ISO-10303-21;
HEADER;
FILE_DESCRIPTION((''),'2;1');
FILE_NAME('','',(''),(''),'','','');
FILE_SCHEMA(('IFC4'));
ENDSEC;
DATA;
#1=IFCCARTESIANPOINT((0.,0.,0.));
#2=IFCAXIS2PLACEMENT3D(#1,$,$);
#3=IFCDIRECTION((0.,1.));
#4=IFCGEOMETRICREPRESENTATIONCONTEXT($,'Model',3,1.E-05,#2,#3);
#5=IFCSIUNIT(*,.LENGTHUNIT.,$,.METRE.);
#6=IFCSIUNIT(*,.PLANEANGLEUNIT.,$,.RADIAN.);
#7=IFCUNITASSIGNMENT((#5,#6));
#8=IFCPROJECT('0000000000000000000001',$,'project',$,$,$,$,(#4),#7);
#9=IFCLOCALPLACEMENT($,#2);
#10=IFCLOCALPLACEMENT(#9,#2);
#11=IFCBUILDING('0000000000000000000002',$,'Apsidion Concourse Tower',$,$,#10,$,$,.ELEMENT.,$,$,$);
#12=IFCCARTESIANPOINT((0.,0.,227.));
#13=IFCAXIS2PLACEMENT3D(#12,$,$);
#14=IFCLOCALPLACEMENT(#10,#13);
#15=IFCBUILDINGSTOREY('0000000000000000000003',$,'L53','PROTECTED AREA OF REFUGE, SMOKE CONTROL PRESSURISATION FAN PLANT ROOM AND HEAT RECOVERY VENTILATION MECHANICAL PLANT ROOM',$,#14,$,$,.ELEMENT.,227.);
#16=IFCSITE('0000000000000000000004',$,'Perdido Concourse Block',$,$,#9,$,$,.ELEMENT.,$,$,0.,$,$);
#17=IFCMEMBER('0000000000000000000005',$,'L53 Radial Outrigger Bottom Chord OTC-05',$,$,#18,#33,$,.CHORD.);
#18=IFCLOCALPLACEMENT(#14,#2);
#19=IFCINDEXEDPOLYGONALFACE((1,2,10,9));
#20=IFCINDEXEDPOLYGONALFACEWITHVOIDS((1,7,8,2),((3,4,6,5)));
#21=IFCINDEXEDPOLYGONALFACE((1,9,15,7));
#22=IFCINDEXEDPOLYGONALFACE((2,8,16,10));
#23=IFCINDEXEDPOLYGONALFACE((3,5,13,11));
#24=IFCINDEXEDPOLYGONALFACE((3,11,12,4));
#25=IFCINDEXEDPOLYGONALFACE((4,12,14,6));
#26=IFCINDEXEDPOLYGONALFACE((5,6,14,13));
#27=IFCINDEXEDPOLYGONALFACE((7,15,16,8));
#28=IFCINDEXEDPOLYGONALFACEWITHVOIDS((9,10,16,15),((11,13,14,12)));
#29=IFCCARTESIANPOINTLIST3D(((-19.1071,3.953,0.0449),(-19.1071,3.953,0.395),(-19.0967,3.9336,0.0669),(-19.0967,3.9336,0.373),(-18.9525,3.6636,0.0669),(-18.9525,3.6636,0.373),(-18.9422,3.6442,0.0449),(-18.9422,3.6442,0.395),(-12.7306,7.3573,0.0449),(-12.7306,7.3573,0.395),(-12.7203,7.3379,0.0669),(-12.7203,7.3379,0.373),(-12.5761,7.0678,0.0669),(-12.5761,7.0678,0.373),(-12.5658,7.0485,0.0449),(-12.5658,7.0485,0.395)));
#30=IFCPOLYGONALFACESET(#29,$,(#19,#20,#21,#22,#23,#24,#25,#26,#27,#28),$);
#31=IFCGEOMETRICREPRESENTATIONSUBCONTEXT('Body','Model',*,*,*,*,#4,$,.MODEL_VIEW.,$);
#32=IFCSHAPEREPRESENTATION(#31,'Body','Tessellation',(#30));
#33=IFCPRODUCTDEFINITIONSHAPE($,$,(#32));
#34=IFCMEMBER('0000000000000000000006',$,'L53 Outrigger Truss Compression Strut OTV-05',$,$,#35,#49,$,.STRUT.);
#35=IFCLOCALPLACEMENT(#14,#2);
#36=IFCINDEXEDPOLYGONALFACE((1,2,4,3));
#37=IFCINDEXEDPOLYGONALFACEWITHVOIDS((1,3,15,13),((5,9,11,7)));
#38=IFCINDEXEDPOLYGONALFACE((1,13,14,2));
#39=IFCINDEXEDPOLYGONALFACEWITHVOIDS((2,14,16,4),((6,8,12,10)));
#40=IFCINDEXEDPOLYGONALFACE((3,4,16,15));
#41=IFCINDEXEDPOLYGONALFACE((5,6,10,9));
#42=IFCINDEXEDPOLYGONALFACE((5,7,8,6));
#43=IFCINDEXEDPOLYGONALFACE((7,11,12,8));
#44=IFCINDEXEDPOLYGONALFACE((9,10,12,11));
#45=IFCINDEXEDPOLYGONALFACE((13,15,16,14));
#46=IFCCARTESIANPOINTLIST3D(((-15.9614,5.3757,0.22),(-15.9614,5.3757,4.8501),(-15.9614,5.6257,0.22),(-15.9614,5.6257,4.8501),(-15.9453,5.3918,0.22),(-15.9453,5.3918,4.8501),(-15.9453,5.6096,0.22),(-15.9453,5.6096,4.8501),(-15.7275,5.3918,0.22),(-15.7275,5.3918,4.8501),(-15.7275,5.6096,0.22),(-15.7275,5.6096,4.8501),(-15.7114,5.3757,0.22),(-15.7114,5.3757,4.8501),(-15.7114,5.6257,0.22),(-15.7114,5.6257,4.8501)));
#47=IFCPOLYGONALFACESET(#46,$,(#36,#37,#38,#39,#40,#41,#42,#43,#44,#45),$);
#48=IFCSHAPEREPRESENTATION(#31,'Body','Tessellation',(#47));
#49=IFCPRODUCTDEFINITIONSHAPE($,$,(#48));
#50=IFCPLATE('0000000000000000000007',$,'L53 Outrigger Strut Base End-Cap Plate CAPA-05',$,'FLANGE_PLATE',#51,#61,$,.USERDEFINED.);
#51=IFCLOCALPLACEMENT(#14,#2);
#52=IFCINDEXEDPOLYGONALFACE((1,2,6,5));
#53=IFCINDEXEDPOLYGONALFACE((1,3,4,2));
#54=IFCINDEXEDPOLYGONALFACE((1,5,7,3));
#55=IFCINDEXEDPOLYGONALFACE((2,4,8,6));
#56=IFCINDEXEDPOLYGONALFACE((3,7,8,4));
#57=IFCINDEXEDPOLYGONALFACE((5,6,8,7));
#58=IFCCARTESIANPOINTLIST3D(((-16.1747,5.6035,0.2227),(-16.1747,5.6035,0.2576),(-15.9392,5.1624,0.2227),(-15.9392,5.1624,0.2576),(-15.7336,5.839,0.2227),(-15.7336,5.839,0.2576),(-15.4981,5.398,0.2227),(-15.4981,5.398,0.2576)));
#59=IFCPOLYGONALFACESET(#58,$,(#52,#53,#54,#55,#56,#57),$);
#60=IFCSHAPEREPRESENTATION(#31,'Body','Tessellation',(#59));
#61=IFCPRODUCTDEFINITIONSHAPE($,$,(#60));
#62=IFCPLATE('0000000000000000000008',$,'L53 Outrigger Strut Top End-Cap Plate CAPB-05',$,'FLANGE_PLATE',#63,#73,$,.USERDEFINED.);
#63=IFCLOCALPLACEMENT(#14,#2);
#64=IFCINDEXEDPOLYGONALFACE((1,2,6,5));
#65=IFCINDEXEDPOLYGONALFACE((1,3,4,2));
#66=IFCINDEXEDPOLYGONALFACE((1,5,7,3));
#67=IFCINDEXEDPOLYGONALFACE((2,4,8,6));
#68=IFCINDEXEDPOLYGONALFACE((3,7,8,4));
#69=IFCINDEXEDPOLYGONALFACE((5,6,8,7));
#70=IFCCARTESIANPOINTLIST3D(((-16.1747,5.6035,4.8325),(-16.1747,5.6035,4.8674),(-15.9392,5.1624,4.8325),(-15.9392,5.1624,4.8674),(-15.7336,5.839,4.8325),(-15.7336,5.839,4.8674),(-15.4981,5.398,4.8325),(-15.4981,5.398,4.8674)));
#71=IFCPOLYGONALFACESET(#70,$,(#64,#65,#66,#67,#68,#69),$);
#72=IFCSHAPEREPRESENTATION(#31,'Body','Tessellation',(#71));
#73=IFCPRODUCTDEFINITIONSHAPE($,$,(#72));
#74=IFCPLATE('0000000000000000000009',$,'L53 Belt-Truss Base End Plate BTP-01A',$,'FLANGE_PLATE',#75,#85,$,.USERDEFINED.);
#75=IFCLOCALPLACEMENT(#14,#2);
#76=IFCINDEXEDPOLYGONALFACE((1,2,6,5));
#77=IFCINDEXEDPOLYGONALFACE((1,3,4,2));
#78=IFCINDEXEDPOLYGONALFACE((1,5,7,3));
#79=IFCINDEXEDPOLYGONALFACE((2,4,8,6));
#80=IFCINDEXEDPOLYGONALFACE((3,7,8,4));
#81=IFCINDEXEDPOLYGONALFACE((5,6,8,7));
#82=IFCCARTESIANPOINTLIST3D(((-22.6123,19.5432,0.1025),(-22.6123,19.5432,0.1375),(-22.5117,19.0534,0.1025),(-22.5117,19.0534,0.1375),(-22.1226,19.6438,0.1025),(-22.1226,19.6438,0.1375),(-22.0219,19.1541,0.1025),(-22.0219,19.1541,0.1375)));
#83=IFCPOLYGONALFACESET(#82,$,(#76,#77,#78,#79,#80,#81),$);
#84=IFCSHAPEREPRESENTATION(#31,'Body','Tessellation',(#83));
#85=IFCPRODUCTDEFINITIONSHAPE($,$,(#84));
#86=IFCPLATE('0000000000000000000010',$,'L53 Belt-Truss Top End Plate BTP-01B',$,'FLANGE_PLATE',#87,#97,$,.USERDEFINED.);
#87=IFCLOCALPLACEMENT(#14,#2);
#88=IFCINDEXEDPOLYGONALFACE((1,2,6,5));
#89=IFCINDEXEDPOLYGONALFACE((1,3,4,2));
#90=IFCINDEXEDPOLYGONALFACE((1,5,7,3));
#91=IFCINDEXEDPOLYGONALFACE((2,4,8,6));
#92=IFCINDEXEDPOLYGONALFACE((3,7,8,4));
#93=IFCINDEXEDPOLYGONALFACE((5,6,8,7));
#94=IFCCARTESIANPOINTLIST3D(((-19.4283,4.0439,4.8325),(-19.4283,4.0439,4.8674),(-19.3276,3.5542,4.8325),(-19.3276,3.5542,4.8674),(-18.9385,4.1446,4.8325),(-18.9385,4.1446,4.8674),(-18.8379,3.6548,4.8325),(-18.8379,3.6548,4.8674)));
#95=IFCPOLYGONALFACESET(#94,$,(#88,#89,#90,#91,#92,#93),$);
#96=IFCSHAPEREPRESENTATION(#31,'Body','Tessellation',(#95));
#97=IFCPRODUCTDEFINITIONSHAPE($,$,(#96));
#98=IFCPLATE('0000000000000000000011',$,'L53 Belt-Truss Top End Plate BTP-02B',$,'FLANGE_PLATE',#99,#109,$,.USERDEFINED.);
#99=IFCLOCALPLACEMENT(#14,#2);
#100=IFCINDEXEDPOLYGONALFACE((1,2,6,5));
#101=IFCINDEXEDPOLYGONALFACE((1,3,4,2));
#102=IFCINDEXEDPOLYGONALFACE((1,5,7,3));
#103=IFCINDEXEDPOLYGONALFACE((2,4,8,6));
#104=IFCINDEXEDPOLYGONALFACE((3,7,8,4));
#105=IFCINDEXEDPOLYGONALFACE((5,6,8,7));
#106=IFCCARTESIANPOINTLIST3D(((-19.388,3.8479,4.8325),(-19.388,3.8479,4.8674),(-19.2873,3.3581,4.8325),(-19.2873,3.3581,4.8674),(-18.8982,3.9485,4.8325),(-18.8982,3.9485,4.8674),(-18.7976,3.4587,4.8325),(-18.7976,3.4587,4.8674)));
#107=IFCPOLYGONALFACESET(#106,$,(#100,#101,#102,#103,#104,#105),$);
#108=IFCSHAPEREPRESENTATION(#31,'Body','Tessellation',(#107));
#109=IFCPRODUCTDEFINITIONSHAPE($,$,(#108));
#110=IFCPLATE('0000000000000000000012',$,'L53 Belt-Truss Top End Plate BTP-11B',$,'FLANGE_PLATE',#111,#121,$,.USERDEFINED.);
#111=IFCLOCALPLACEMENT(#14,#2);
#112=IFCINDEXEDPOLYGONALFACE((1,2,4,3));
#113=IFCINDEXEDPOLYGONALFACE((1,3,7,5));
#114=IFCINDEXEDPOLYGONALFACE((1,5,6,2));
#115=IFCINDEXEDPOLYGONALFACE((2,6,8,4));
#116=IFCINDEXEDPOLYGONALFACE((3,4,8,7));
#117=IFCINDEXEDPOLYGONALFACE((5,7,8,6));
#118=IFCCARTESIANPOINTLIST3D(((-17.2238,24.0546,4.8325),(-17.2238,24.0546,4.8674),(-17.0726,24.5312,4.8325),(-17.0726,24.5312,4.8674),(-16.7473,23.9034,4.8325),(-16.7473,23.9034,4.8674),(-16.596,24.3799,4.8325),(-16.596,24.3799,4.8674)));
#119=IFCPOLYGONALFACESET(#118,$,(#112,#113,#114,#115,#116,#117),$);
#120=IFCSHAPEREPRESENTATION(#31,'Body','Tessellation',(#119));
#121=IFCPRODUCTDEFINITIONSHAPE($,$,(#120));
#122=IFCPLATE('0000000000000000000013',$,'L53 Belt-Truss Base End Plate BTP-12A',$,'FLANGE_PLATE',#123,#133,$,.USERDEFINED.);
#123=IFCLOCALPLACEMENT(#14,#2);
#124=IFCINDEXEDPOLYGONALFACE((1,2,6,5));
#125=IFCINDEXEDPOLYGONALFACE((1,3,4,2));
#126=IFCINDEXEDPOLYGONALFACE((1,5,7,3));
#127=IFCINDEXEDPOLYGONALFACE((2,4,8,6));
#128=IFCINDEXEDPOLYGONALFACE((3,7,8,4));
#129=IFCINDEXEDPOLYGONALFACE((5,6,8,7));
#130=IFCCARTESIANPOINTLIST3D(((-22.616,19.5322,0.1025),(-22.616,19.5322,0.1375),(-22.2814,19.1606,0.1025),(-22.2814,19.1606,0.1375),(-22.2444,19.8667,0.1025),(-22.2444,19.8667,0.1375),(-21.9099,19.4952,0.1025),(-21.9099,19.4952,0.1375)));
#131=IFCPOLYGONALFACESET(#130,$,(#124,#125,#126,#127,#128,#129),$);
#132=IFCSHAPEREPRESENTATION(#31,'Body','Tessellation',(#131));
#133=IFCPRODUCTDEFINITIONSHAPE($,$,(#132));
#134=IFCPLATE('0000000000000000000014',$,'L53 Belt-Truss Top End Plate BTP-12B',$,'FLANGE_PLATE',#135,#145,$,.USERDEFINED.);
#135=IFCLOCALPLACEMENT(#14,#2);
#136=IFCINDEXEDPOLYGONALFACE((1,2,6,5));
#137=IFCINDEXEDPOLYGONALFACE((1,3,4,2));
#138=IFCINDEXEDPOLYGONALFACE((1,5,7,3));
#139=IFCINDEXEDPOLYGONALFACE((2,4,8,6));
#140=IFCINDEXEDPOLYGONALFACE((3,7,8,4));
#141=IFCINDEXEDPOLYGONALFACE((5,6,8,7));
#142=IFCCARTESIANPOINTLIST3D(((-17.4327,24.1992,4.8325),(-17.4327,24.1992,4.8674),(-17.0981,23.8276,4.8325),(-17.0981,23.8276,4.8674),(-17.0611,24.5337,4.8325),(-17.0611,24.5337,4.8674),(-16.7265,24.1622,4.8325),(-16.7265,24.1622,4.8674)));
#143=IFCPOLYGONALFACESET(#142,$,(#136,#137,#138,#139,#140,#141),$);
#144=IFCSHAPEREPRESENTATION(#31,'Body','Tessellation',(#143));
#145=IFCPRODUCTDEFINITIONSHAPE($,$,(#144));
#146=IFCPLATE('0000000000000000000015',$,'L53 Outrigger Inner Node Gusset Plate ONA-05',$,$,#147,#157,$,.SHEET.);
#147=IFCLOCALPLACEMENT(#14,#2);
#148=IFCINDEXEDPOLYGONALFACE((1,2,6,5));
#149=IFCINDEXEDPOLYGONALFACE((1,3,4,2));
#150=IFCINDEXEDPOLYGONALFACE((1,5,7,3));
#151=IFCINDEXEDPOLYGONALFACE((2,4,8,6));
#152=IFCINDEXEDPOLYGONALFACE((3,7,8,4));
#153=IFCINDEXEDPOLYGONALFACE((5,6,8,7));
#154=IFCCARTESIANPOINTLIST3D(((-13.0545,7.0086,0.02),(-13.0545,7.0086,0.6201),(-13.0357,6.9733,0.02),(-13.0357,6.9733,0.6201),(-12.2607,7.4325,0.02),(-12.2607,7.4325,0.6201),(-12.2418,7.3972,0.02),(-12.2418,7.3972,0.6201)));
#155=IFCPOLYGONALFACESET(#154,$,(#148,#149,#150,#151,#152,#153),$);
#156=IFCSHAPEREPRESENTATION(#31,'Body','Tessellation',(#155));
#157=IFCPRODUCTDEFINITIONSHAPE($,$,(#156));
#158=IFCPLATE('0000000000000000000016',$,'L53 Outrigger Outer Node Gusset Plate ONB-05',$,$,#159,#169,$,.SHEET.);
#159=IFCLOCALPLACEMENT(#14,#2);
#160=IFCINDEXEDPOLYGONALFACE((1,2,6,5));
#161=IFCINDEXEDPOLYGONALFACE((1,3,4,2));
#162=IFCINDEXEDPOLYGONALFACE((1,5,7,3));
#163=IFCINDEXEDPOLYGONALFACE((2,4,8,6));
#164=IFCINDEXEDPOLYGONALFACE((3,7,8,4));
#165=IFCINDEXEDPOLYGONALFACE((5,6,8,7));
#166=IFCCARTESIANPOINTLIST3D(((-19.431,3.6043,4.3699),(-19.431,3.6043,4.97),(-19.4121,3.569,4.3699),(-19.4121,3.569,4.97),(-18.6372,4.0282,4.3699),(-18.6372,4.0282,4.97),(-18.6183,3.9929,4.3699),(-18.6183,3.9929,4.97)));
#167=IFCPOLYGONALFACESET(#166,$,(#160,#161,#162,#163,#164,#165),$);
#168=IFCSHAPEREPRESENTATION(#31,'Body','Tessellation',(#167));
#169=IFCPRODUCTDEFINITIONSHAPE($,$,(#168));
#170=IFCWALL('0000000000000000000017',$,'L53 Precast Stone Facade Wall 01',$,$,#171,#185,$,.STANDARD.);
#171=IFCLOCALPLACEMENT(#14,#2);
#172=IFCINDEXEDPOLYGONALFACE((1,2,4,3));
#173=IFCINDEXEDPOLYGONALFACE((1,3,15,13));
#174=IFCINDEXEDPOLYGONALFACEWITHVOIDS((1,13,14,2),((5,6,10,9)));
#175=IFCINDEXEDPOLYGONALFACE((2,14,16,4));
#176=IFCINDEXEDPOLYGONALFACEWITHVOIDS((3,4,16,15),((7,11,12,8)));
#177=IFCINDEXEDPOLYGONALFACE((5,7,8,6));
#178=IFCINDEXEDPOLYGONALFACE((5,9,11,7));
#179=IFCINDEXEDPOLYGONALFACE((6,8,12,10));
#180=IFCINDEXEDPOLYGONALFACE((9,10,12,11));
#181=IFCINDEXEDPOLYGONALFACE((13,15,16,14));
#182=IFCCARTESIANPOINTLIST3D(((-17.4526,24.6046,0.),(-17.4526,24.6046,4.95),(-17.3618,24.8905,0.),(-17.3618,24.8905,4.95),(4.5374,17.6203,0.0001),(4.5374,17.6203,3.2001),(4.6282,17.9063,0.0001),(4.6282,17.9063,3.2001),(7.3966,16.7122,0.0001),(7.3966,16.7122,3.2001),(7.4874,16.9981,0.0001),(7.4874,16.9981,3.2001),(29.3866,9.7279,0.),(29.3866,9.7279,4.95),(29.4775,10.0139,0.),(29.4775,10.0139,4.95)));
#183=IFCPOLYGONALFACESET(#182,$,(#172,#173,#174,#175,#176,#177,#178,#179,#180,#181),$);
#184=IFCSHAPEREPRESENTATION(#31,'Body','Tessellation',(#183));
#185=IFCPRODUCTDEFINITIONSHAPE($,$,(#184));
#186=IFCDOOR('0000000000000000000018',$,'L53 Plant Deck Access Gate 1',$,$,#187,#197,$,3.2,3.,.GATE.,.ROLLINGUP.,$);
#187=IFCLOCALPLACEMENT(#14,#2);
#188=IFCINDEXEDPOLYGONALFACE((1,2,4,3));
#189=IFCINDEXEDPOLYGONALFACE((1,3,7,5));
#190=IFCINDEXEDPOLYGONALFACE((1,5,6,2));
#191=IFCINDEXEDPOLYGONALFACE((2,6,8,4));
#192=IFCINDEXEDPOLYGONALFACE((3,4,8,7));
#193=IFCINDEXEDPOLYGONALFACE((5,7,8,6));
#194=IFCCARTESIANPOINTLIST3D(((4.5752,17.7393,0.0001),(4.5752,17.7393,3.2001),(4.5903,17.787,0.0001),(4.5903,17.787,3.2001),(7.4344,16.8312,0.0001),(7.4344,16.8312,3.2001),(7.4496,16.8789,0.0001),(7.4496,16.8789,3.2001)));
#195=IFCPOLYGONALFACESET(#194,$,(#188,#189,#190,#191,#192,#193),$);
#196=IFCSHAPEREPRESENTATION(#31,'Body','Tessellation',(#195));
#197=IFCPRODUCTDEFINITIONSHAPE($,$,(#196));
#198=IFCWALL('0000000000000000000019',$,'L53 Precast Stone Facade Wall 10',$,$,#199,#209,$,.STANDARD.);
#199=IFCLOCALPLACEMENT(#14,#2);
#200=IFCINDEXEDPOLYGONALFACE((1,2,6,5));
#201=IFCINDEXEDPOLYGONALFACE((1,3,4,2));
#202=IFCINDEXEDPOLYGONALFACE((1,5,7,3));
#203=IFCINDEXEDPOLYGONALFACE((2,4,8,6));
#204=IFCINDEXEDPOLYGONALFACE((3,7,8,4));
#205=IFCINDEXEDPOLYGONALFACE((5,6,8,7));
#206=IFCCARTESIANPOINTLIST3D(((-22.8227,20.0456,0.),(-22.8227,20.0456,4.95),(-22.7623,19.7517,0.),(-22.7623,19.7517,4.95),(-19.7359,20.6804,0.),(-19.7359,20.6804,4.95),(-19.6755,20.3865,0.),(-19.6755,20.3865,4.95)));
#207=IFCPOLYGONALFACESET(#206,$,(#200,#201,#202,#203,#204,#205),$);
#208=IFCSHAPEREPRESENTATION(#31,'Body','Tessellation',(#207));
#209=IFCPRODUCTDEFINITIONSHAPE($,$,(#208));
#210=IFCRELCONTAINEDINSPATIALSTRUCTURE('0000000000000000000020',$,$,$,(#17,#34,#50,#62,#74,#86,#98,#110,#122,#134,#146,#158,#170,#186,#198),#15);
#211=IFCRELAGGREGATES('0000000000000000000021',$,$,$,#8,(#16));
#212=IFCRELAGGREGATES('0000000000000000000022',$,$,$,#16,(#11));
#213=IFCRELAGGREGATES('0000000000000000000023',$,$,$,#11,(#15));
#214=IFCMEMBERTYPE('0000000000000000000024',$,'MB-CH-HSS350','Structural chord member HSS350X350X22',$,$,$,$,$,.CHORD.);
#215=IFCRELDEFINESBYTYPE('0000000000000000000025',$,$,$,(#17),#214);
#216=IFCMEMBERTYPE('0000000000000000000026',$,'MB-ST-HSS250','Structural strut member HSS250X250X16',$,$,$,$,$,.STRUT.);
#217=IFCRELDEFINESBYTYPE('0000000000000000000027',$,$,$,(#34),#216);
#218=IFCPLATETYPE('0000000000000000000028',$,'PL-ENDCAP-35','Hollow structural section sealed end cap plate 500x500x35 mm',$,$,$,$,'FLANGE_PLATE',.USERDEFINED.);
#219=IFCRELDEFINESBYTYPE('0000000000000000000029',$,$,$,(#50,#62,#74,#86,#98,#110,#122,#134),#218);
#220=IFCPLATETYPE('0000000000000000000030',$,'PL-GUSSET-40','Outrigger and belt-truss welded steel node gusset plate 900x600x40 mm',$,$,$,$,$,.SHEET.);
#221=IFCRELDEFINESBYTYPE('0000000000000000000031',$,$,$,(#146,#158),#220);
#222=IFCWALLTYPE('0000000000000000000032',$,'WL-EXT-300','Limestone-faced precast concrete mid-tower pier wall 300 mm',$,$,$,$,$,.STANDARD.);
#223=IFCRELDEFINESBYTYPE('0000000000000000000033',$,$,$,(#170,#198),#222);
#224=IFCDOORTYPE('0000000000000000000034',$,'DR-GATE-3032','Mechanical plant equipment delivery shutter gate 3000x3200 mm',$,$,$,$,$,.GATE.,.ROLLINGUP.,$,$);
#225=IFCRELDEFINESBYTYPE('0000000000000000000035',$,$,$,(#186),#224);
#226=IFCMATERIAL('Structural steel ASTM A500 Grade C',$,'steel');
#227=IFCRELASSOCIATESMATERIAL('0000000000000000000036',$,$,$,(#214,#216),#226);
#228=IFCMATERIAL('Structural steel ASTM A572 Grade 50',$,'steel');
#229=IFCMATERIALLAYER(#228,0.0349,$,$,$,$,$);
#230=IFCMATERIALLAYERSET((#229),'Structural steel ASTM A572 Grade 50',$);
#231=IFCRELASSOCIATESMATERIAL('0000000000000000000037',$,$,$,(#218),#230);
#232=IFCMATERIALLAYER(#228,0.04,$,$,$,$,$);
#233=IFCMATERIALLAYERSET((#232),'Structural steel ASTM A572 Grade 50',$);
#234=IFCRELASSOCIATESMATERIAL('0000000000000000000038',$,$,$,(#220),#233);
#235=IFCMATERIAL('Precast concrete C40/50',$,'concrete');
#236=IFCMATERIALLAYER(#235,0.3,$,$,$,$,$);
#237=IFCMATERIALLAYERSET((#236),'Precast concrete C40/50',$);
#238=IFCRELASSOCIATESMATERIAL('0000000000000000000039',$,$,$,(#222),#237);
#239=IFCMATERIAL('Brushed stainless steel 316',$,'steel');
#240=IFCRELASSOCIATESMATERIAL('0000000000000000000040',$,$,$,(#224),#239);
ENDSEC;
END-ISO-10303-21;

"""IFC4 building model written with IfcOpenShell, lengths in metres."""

from ifc_helpers import new_model, si_unit, direction, frame, frame_2d, origin, origin_2d, place, context, subcontext, project, spatial, rectangle, hollow_rectangle, extrude, material, layer, layer_set, material_profile, profile_set, type_object, element, fill, save


model = new_model("IFC4")

# Units and contexts
model_context = context("Model", 3, precision=1e-05, world=origin(), true_north=direction((0.0, 1.0)))
body_context = subcontext(model_context, "Body", "Model", "MODEL_VIEW")
ifc_project = project(units=[si_unit("LENGTHUNIT", "METRE"), si_unit("PLANEANGLEUNIT", "RADIAN")], contexts=[model_context])

# Site, building, storey
site_placement = place(None, origin())
site = spatial("IfcSite", under=ifc_project, at=site_placement, Name="Perdido Concourse Block", CompositionType="ELEMENT", RefElevation=0.0)
building_placement = place(site_placement, origin())
building = spatial("IfcBuilding", under=site, at=building_placement, Name="Apsidion Concourse Tower", CompositionType="ELEMENT")
storey_placement = place(building_placement, frame((0.0, 0.0, 227.0)))
storey = spatial("IfcBuildingStorey", under=building, at=storey_placement, Name="L53", Description="PROTECTED AREA OF REFUGE, SMOKE CONTROL PRESSURISATION FAN PLANT ROOM AND HEAT RECOVERY VENTILATION MECHANICAL PLANT ROOM", CompositionType="ELEMENT", Elevation=227.0)

# Members
ifc_material_1 = material(Name="Structural steel ASTM A500 Grade C", Category="steel")
ifc_material_profile_1 = material_profile(ifc_material_1, hollow_rectangle(XDim=0.3501, YDim=0.3501, WallThickness=0.022, at=origin_2d()), Name="HSS350X350X22")
ifc_profile_set_1 = profile_set([ifc_material_profile_1], Name="Structural steel ASTM A500 Grade C")
member_type_1 = type_object("IfcMemberType", Name="MB-CH-HSS350", Description="Structural chord member HSS350X350X22", PredefinedType="CHORD", material=ifc_profile_set_1)
member_1_placement = place(storey_placement, frame((-12.6482, 7.2029, 0.22), z_axis=(-0.882151, -0.470967, 0.0), x_axis=(0.470967, -0.882151, 0.0)))
element("IfcMember", 1, at=member_1_placement, inside=storey, type_object=member_type_1, Name="L53 Radial Outrigger Bottom Chord OTC-05", PredefinedType="CHORD", context=body_context, shape_type="SweptSolid", body=[
    extrude(hollow_rectangle(XDim=0.3501, YDim=0.3501, WallThickness=0.022, at=origin_2d()), origin(), (0.0, 0.0, 1.0), 7.2283),
])
ifc_material_profile_2 = material_profile(ifc_material_1, hollow_rectangle(XDim=0.25, YDim=0.25, WallThickness=0.0161, at=origin_2d()), Name="HSS250X250X16")
ifc_profile_set_2 = profile_set([ifc_material_profile_2], Name="Structural steel ASTM A500 Grade C")
member_type_2 = type_object("IfcMemberType", Name="MB-ST-HSS250", Description="Structural strut member HSS250X250X16", PredefinedType="STRUT", material=ifc_profile_set_2)
member_2_placement = place(storey_placement, frame((-15.8364, 5.5007, 0.22), z_axis=(0.0, 0.0, 1.0), x_axis=(1.0, 0.0, 0.0)))
element("IfcMember", 2, at=member_2_placement, inside=storey, type_object=member_type_2, Name="L53 Outrigger Truss Compression Strut OTV-05", PredefinedType="STRUT", context=body_context, shape_type="SweptSolid", body=[
    extrude(hollow_rectangle(XDim=0.25, YDim=0.25, WallThickness=0.0161, at=origin_2d()), origin(), (0.0, 0.0, 1.0), 4.6301),
])

# Plates
ifc_material_2 = material(Name="Structural steel ASTM A572 Grade 50", Category="steel")
ifc_layer_1 = layer(ifc_material_2, 0.0349)
ifc_layer_set_1 = layer_set([ifc_layer_1], Name="Structural steel ASTM A572 Grade 50")
plate_type_1 = type_object("IfcPlateType", Name="PL-ENDCAP-35", Description="Hollow structural section sealed end cap plate 500x500x35 mm", ElementType="FLANGE_PLATE", PredefinedType="USERDEFINED", material=ifc_layer_set_1)
for number, where, z_axis, x_axis, name in (
    (3, (-15.8364, 5.5007, 0.2227), (0.0, 0.0, 1.0), (0.882127, 0.471012, 0.0), "L53 Outrigger Strut Base End-Cap Plate CAPA-05"),
    (4, (-15.8364, 5.5007, 4.8325), (0.0, 0.0, 1.0), (0.882127, 0.471012, 0.0), "L53 Outrigger Strut Top End-Cap Plate CAPB-05"),
    (5, (-22.3171, 19.3486, 0.1025), (0.0, 0.0, 1.0), (-0.201249, 0.97954, 0.0), "L53 Belt-Truss Base End Plate BTP-01A"),
    (6, (-19.1331, 3.8494, 4.8325), (0.0, 0.0, 1.0), (-0.201249, 0.97954, 0.0), "L53 Belt-Truss Top End Plate BTP-01B"),
    (7, (-19.0928, 3.6533, 4.8325), (0.0, 0.0, 1.0), (-0.201249, 0.97954, 0.0), "L53 Belt-Truss Top End Plate BTP-02B"),
    (8, (-16.9099, 24.2173, 4.8325), (0.0, 0.0, 1.0), (-0.953138, 0.302536, 0.0), "L53 Belt-Truss Top End Plate BTP-11B"),
    (9, (-22.2629, 19.5137, 0.1025), (0.0, 0.0, 1.0), (0.743145, 0.669131, 0.0), "L53 Belt-Truss Base End Plate BTP-12A"),
    (10, (-17.0796, 24.1807, 4.8325), (0.0, 0.0, 1.0), (0.743145, 0.669131, 0.0), "L53 Belt-Truss Top End Plate BTP-12B"),
):
    element("IfcPlate", number, at=place(storey_placement, frame(where, z_axis=z_axis, x_axis=x_axis)), inside=storey, type_object=plate_type_1, Name=name, ObjectType="FLANGE_PLATE", PredefinedType="USERDEFINED", context=body_context, shape_type="SweptSolid", body=[
        extrude(rectangle(XDim=0.5, YDim=0.5, at=origin_2d()), origin(), (0.0, 0.0, 1.0), 0.0349),
    ])
ifc_layer_2 = layer(ifc_material_2, 0.04)
ifc_layer_set_2 = layer_set([ifc_layer_2], Name="Structural steel ASTM A572 Grade 50")
plate_type_2 = type_object("IfcPlateType", Name="PL-GUSSET-40", Description="Outrigger and belt-truss welded steel node gusset plate 900x600x40 mm", PredefinedType="SHEET", material=ifc_layer_set_2)
for number, where, z_axis, x_axis, name in (
    (11, (-12.6482, 7.2029, 0.02), (0.0, 0.0, 1.0), (0.882127, 0.471012, 0.0), "L53 Outrigger Inner Node Gusset Plate ONA-05"),
    (12, (-19.0247, 3.7986, 4.3699), (0.0, 0.0, 1.0), (0.882127, 0.471012, 0.0), "L53 Outrigger Outer Node Gusset Plate ONB-05"),
):
    element("IfcPlate", number, at=place(storey_placement, frame(where, z_axis=z_axis, x_axis=x_axis)), inside=storey, type_object=plate_type_2, Name=name, PredefinedType="SHEET", context=body_context, shape_type="SweptSolid", body=[
        extrude(rectangle(XDim=0.8999, YDim=0.04, at=origin_2d()), origin(), (0.0, 0.0, 1.0), 0.6001),
    ])

# Wall, opening, door
ifc_material_3 = material(Name="Precast concrete C40/50", Category="concrete")
ifc_layer_3 = layer(ifc_material_3, 0.3)
ifc_layer_set_3 = layer_set([ifc_layer_3], Name="Precast concrete C40/50")
wall_type_1 = type_object("IfcWallType", Name="WL-EXT-300", Description="Limestone-faced precast concrete mid-tower pier wall 300 mm", PredefinedType="STANDARD", material=ifc_layer_set_3)
wall_1_placement = place(storey_placement, frame((-17.4072, 24.7476, 0.0), z_axis=(0.0, 0.0, 1.0), x_axis=(0.953083, -0.30271, 0.0)))
wall_1 = element("IfcWall", 13, at=wall_1_placement, inside=storey, type_object=wall_type_1, Name="L53 Precast Stone Facade Wall 01", PredefinedType="STANDARD", context=body_context, shape_type="SweptSolid", body=[
    extrude(rectangle(XDim=49.145, YDim=0.3, at=frame_2d((24.5725, 0.0))), origin(), (0.0, 0.0, 1.0), 4.95),
])
opening_1_placement = place(wall_1_placement, frame((23.0725, 0.0, 0.0)))
opening_1 = element("IfcOpeningElement", 14, at=opening_1_placement, cuts=wall_1, PredefinedType="OPENING", context=body_context, shape_type="SweptSolid", body=[
    extrude(rectangle(XDim=3.0, YDim=3.2, at=frame_2d((1.5, 1.6001))), frame((0.0, 0.1602, 0.0), z_axis=(0.0, -1.0, 0.0), x_axis=(1.0, 0.0, 0.0)), (0.0, 0.0, 1.0), 0.3201),
])
ifc_material_4 = material(Name="Brushed stainless steel 316", Category="steel")
door_type_1 = type_object("IfcDoorType", Name="DR-GATE-3032", Description="Mechanical plant equipment delivery shutter gate 3000x3200 mm", OperationType="ROLLINGUP", PredefinedType="GATE", material=ifc_material_4)
door_1_placement = place(opening_1_placement, origin())
door_1 = element("IfcDoor", 15, at=door_1_placement, inside=storey, type_object=door_type_1, Name="L53 Plant Deck Access Gate 1", OperationType="ROLLINGUP", OverallHeight=3.2, OverallWidth=3.0, PredefinedType="GATE", context=body_context, shape_type="SweptSolid", body=[
    extrude(rectangle(XDim=3.0, YDim=3.2, at=frame_2d((1.5, 1.6001))), frame((0.0, 0.0249, 0.0), z_axis=(0.0, -1.0, 0.0), x_axis=(1.0, 0.0, 0.0)), (0.0, 0.0, 1.0), 0.05),
])
fill(opening_1, door_1)

# Wall
wall_2_placement = place(storey_placement, frame((-22.7925, 19.8987, 0.0), z_axis=(0.0, 0.0, 1.0), x_axis=(0.979502, 0.201432, 0.0)))
element("IfcWall", 16, at=wall_2_placement, inside=storey, type_object=wall_type_1, Name="L53 Precast Stone Facade Wall 10", PredefinedType="STANDARD", context=body_context, shape_type="SweptSolid", body=[
    extrude(rectangle(XDim=3.1514, YDim=0.3, at=frame_2d((1.5757, 0.0))), origin(), (0.0, 0.0, 1.0), 4.95),
])

save(model, "model.ifc")
